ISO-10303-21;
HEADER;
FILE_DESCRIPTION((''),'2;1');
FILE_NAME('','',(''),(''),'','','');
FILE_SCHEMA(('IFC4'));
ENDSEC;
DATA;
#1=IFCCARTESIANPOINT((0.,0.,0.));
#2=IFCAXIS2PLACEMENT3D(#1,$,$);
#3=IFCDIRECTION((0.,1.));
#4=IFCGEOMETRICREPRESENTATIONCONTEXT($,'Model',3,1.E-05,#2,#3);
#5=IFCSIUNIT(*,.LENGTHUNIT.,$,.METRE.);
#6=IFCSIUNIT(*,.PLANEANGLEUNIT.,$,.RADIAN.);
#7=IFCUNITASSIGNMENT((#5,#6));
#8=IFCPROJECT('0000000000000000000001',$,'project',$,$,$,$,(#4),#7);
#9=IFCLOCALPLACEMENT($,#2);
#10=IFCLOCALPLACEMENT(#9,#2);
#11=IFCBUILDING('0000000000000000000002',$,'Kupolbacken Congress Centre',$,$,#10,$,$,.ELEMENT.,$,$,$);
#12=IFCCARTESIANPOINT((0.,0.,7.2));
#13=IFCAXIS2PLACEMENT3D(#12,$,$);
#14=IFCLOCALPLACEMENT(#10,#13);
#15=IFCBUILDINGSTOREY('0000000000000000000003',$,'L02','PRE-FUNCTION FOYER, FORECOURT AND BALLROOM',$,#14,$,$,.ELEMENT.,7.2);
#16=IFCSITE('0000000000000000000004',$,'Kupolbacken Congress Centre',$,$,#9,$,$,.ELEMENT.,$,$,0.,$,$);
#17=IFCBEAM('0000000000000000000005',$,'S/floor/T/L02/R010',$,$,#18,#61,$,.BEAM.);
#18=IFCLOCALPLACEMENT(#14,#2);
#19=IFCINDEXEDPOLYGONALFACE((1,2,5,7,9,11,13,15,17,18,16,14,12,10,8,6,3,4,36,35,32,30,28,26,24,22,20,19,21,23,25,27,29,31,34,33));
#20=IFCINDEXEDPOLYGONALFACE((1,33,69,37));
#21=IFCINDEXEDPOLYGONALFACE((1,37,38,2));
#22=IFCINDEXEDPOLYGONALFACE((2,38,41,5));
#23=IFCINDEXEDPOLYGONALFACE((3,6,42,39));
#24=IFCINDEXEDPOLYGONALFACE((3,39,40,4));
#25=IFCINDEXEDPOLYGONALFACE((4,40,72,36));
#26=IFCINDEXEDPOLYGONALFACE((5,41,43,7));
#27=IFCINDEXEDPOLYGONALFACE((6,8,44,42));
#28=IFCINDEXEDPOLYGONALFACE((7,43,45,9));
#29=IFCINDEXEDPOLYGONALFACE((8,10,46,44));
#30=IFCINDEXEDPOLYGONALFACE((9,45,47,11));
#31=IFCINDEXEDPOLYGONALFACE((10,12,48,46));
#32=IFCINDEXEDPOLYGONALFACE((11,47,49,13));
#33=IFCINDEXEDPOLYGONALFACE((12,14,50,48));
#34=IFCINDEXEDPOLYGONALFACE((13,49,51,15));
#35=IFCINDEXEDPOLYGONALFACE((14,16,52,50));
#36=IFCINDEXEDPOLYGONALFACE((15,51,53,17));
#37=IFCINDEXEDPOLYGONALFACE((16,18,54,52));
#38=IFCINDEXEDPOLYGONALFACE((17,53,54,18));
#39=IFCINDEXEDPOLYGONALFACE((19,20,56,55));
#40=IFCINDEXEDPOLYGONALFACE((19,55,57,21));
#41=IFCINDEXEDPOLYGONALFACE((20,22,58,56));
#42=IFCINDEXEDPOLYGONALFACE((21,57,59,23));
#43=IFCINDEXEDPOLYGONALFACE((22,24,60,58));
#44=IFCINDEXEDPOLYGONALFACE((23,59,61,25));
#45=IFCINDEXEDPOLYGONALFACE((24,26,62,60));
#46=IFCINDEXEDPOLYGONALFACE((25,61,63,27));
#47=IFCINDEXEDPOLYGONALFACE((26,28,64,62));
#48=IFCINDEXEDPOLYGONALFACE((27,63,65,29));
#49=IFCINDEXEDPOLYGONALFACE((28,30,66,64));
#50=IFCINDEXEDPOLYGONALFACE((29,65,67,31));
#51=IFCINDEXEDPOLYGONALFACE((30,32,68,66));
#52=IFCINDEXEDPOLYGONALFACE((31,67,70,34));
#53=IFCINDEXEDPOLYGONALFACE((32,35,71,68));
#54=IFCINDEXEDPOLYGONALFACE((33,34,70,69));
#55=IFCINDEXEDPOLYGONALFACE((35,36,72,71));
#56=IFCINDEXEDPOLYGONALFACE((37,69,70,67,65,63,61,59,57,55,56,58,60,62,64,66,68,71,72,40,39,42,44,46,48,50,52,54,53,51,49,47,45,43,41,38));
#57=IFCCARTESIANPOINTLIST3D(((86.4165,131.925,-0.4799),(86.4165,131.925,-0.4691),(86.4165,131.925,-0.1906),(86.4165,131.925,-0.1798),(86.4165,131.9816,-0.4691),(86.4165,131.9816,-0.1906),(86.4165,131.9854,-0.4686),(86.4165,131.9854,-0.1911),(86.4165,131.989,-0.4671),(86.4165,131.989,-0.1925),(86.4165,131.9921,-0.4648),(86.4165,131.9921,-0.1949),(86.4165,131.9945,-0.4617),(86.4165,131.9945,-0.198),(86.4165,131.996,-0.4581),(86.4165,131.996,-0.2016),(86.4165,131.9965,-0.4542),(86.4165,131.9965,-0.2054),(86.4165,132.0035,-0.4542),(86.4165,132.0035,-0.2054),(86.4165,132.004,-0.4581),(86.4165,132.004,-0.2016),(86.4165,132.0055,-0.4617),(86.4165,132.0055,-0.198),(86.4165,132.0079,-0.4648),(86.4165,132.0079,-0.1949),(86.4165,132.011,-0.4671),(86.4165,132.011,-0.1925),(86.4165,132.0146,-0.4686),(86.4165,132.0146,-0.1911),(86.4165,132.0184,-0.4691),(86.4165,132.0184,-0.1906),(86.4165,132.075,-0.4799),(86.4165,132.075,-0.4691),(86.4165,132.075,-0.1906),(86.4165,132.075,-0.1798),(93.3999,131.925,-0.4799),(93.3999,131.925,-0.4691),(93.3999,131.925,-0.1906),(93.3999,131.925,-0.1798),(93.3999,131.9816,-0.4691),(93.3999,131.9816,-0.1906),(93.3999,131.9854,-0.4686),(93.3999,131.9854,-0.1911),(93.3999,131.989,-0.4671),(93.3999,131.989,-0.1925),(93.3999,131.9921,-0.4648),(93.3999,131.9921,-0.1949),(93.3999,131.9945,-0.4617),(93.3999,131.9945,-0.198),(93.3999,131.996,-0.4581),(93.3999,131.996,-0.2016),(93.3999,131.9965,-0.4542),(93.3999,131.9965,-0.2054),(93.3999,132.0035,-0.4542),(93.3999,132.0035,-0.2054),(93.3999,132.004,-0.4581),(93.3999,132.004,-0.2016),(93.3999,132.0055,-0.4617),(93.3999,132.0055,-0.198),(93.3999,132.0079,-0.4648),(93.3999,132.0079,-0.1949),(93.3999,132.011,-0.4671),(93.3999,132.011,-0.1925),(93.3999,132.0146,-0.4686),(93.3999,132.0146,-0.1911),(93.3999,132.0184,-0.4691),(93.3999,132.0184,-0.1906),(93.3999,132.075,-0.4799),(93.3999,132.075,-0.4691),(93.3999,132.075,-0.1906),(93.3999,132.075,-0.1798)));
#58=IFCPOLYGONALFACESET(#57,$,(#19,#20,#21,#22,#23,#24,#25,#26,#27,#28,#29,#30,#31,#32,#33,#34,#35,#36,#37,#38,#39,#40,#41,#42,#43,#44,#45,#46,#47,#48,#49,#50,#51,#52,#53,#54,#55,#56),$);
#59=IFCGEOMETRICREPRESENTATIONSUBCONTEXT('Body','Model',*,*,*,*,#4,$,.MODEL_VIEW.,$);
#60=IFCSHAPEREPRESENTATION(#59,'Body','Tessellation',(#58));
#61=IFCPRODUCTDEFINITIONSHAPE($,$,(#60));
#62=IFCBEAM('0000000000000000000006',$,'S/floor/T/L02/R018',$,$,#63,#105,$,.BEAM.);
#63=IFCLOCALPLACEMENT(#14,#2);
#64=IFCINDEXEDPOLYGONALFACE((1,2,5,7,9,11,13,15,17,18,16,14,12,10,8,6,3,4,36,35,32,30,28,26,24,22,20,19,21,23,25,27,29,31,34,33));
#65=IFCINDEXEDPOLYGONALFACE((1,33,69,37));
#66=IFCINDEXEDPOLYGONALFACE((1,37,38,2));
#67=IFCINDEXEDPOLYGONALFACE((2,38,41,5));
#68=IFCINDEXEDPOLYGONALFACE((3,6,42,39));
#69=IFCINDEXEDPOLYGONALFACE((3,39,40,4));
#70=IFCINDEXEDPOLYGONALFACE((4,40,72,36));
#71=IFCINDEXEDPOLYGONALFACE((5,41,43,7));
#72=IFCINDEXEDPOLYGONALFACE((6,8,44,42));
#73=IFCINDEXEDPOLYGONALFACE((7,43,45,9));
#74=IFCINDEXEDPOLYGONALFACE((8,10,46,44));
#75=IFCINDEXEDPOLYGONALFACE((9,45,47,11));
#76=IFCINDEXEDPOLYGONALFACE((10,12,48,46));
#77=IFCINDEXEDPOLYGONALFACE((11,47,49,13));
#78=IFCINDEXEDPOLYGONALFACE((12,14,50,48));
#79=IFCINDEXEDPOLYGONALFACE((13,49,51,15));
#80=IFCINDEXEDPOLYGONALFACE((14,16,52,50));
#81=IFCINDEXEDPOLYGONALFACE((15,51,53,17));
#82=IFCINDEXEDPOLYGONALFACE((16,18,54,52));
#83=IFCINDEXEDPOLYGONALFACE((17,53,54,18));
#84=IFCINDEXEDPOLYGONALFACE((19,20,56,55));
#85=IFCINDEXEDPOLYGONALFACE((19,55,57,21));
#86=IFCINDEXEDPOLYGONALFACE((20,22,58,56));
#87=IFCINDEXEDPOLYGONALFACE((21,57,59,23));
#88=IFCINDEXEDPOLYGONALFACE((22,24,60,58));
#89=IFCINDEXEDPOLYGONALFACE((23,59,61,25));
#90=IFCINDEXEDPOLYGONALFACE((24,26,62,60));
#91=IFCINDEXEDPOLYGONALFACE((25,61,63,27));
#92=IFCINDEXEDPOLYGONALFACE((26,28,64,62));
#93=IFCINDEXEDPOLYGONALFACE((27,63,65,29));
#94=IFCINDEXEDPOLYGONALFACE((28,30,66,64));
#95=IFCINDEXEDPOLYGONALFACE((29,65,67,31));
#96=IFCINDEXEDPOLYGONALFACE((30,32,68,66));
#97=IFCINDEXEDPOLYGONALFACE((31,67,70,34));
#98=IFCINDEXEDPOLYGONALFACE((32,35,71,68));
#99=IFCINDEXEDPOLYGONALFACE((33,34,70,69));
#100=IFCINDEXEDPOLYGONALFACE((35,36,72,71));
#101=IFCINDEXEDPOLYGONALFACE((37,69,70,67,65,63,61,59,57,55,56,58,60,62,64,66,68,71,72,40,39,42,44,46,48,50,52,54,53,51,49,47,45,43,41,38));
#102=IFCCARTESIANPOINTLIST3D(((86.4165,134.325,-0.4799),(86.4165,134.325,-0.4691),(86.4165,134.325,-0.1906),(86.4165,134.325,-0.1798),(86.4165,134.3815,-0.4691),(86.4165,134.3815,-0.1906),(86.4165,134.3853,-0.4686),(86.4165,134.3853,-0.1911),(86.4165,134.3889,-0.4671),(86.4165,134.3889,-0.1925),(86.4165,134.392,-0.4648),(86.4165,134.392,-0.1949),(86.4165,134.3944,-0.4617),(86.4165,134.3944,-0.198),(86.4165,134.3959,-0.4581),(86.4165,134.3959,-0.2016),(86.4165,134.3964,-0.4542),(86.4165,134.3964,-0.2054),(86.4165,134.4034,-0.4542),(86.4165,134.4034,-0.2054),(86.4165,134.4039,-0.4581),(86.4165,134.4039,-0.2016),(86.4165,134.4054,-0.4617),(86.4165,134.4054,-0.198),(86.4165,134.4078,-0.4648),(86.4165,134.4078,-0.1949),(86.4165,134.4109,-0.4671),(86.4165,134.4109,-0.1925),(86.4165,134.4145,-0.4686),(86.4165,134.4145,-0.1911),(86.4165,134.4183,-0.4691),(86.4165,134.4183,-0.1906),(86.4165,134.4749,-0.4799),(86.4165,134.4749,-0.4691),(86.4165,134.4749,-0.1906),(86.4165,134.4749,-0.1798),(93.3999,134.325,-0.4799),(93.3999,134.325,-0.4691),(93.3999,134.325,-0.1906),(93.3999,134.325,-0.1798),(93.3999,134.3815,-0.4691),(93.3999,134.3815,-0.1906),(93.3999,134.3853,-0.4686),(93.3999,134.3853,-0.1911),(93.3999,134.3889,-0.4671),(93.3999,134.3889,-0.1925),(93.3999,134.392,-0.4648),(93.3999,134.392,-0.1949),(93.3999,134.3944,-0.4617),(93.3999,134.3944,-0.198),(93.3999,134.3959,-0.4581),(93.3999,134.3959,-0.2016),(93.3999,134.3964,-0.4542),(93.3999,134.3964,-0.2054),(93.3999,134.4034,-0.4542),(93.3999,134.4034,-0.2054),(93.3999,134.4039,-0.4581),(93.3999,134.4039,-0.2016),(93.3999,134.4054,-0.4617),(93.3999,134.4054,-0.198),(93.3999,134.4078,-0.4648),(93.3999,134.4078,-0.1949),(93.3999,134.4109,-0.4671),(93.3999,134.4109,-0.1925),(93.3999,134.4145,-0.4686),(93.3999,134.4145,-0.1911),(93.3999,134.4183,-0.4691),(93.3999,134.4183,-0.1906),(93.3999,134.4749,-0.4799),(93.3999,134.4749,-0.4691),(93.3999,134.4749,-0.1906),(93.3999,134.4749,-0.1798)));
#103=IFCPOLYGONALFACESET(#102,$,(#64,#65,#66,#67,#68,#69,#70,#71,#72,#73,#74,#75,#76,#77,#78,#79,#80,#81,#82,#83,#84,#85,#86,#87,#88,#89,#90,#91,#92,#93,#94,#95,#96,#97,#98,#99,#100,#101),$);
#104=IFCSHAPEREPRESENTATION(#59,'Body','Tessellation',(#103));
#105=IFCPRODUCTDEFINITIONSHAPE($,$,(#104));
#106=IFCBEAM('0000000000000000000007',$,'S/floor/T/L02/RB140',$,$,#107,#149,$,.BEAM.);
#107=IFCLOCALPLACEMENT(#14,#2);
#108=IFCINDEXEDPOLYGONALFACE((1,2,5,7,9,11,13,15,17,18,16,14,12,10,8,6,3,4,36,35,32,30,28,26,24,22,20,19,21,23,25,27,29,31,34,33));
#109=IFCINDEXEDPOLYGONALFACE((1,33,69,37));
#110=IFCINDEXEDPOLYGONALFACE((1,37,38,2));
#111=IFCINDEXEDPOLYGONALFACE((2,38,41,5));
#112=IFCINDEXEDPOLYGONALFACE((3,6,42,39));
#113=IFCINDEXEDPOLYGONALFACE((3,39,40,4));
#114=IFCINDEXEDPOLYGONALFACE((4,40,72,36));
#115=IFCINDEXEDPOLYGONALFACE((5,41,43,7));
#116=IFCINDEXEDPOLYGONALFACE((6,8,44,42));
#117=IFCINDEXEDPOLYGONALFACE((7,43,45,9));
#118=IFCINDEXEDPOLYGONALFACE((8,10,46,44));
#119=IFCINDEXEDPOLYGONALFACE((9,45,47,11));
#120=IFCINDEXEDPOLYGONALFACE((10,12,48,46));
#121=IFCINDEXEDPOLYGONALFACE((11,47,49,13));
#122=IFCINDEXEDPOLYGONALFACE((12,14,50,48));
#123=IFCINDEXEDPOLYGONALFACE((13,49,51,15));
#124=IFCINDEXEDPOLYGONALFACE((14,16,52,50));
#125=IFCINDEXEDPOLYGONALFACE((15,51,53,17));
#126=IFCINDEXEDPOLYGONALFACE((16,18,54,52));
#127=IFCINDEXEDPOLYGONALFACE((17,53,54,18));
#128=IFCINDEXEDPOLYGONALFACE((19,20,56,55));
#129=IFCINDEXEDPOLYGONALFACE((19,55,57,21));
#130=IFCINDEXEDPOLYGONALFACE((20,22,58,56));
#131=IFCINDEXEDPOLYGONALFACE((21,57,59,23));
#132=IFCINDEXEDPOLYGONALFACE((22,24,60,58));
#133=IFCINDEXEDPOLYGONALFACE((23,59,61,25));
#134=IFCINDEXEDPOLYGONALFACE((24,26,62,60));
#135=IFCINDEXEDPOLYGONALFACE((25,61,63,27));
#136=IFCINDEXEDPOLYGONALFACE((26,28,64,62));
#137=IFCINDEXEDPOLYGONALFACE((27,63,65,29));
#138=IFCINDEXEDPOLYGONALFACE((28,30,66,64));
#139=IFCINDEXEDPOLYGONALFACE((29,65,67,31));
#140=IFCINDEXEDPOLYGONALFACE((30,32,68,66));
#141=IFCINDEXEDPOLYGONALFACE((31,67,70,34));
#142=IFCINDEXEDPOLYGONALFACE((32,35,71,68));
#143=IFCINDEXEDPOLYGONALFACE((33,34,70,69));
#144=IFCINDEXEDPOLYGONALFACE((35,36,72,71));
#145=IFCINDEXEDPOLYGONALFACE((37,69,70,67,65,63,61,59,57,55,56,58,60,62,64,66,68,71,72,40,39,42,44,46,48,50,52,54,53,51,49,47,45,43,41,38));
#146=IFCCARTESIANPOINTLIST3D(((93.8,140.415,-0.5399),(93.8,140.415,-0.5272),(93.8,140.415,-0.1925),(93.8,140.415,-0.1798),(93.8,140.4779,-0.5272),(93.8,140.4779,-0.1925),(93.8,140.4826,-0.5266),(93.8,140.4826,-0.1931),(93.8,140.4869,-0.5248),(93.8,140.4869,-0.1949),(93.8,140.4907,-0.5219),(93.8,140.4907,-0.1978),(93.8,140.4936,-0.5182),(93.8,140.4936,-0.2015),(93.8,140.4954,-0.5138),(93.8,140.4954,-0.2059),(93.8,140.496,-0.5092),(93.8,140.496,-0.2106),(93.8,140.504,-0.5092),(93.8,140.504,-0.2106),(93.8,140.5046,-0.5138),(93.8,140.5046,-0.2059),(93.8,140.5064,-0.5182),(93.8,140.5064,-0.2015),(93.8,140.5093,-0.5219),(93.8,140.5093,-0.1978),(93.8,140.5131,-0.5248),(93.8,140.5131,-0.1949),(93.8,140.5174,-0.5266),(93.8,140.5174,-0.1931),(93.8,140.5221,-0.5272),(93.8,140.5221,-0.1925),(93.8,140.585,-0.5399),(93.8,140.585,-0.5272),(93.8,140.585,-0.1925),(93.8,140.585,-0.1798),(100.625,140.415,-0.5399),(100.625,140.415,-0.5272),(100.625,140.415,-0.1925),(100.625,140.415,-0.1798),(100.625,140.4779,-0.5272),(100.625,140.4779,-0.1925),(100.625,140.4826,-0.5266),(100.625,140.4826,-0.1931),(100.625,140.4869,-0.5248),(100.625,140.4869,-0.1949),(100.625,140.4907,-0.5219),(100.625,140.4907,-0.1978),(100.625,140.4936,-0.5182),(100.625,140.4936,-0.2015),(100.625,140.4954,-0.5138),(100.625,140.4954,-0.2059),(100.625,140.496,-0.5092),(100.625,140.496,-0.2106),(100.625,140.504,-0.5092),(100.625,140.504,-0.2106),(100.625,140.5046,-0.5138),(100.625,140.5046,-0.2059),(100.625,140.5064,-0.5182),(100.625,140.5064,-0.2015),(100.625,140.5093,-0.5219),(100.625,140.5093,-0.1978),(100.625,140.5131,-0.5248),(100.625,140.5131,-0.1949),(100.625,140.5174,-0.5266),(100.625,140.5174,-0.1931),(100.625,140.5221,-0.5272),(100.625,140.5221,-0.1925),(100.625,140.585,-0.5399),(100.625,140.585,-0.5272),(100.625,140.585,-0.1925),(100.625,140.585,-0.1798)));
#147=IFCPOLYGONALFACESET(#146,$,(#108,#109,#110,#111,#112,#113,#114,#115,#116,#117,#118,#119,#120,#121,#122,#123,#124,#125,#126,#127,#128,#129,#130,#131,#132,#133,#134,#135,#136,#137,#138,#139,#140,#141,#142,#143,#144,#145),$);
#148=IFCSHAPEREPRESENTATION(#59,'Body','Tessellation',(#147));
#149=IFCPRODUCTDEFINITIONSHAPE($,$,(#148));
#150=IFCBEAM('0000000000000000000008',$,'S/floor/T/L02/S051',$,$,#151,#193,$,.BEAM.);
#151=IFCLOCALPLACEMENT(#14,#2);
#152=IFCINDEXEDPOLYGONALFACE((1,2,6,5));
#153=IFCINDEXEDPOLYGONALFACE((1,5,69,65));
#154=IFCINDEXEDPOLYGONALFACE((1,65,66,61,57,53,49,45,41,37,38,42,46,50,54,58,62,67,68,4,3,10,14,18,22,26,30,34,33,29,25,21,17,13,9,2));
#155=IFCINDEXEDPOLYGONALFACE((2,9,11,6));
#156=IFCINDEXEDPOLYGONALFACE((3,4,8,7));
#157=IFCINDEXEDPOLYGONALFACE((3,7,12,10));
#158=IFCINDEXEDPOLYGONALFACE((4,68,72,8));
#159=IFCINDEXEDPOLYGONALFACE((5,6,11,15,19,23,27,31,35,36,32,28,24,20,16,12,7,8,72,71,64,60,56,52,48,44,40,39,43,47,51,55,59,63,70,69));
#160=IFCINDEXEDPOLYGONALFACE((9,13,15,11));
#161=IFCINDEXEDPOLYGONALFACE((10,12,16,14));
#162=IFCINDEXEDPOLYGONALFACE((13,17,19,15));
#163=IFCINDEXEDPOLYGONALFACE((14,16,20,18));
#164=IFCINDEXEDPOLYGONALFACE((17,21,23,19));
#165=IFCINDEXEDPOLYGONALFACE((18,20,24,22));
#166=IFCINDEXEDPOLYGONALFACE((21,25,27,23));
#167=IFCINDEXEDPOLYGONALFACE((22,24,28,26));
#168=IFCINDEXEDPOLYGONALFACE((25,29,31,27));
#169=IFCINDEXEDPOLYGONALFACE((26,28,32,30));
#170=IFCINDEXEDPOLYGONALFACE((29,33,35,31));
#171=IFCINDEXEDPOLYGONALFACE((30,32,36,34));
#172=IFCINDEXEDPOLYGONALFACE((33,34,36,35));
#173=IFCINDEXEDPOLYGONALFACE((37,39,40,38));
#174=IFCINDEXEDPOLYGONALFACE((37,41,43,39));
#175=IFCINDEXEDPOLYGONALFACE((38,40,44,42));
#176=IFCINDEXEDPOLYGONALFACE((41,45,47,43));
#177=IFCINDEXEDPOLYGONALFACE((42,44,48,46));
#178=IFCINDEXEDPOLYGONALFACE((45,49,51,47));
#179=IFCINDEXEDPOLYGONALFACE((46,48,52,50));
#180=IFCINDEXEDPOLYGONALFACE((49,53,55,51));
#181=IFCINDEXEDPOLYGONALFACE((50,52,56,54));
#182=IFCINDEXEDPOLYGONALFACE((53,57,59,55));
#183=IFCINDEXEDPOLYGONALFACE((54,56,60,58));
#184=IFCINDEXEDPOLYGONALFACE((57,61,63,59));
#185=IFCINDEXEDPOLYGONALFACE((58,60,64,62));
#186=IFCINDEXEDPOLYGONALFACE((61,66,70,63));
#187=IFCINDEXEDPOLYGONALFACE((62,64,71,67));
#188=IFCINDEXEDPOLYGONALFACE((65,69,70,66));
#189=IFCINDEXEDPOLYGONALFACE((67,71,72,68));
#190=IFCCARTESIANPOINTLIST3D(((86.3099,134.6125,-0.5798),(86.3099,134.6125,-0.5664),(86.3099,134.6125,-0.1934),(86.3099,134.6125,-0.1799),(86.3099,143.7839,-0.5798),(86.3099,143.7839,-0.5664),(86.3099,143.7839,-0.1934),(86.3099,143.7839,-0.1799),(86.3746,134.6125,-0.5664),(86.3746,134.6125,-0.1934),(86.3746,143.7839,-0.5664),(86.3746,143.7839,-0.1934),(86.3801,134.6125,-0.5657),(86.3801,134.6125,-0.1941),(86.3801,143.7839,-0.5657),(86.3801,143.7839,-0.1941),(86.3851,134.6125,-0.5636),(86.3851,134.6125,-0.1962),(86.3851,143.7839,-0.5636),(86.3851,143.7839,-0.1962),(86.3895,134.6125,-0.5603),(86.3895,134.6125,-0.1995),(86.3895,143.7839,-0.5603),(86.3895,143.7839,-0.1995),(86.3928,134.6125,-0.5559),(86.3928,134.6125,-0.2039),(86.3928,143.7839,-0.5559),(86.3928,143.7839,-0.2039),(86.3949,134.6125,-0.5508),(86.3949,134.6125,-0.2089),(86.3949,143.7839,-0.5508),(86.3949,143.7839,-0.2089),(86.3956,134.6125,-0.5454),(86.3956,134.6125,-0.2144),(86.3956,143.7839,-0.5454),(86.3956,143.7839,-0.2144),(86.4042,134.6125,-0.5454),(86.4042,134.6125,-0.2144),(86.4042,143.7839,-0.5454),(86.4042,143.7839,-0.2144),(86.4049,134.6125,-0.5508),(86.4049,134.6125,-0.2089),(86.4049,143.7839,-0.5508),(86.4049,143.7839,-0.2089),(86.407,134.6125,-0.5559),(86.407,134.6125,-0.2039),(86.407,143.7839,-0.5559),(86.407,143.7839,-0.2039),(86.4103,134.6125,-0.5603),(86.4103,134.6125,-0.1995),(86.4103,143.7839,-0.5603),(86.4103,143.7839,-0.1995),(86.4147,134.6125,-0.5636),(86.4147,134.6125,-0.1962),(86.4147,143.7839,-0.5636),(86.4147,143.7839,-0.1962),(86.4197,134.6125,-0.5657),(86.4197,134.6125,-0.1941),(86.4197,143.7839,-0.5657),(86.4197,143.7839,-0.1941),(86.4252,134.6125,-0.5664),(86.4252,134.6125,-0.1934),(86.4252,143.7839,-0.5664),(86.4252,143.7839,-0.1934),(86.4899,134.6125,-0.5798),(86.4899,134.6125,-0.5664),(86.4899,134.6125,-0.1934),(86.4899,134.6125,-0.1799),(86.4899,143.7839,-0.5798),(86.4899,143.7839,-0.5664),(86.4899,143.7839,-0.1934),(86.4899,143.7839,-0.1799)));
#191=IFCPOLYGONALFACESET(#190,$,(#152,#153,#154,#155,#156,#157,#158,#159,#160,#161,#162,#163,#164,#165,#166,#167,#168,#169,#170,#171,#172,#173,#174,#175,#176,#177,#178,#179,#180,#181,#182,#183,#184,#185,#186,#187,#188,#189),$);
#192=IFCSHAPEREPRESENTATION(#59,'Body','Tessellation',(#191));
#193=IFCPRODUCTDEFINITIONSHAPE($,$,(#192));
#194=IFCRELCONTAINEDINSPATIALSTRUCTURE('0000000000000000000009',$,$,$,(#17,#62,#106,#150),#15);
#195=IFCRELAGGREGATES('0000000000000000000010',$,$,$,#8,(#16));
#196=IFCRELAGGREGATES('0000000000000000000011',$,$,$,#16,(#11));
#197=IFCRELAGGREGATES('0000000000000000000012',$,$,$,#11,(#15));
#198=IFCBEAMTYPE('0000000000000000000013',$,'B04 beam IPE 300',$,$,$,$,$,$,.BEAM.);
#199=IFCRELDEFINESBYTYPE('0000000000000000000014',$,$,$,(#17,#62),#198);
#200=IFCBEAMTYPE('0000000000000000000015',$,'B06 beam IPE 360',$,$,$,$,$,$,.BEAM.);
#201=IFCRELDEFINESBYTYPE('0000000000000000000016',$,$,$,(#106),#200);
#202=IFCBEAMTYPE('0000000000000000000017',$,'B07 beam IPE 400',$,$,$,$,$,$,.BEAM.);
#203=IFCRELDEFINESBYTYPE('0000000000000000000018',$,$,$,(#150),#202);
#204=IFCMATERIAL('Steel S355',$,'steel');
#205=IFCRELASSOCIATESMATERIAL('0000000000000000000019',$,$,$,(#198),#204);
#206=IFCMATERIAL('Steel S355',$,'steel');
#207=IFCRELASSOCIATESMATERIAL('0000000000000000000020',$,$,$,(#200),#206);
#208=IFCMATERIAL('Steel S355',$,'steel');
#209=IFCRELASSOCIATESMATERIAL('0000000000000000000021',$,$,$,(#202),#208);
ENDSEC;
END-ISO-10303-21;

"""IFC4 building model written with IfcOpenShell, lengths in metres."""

from ifc_helpers import new_model, si_unit, direction, frame, origin, origin_2d, place, context, subcontext, project, spatial, i_section, extrude, material, material_profile, profile_set, type_object, element, save


model = new_model("IFC4")

# Units and contexts
model_context = context("Model", 3, precision=1e-05, world=origin(), true_north=direction((0.0, 1.0)))
body_context = subcontext(model_context, "Body", "Model", "MODEL_VIEW")
ifc_project = project(units=[si_unit("LENGTHUNIT", "METRE"), si_unit("PLANEANGLEUNIT", "RADIAN")], contexts=[model_context])

# Site, building, storey
site_placement = place(None, origin())
site = spatial("IfcSite", under=ifc_project, at=site_placement, Name="Kupolbacken Congress Centre", CompositionType="ELEMENT", RefElevation=0.0)
building_placement = place(site_placement, origin())
building = spatial("IfcBuilding", under=site, at=building_placement, Name="Kupolbacken Congress Centre", CompositionType="ELEMENT")
storey_placement = place(building_placement, frame((0.0, 0.0, 7.2)))
storey = spatial("IfcBuildingStorey", under=building, at=storey_placement, Name="L02", Description="PRE-FUNCTION FOYER, FORECOURT AND BALLROOM", CompositionType="ELEMENT", Elevation=7.2)

# Beams
ifc_material_1 = material(Name="Steel S355", Category="steel")
ifc_material_profile_1 = material_profile(ifc_material_1, i_section(OverallWidth=0.1499, OverallDepth=0.3, WebThickness=0.0071, FlangeThickness=0.0107, FilletRadius=0.0149, at=origin_2d()), Name="IPE 300")
ifc_profile_set_1 = profile_set([ifc_material_profile_1], Name="Steel S355")
beam_type_1 = type_object("IfcBeamType", Name="B04 beam IPE 300", PredefinedType="BEAM", material=ifc_profile_set_1)
for number, where, z_axis, x_axis, name in (
    (1, (86.4165, 132.0, -0.3298), (1.0, 0.0, 0.0), (0.0, 1.0, 0.0), "S/floor/T/L02/R010"),
    (2, (86.4165, 134.3999, -0.3298), (1.0, 0.0, 0.0), (0.0, 1.0, 0.0), "S/floor/T/L02/R018"),
):
    element("IfcBeam", number, at=place(storey_placement, frame(where, z_axis=z_axis, x_axis=x_axis)), inside=storey, type_object=beam_type_1, Name=name, PredefinedType="BEAM", context=body_context, shape_type="SweptSolid", body=[
        extrude(i_section(OverallWidth=0.1499, OverallDepth=0.3, WebThickness=0.0071, FlangeThickness=0.0107, FilletRadius=0.0149, at=origin_2d()), origin(), (0.0, 0.0, 1.0), 6.9834),
    ])
ifc_material_2 = material(Name="Steel S355", Category="steel")
ifc_material_profile_2 = material_profile(ifc_material_2, i_section(OverallWidth=0.1699, OverallDepth=0.3601, WebThickness=0.0081, FlangeThickness=0.0127, FilletRadius=0.0181, at=origin_2d()), Name="IPE 360")
ifc_profile_set_2 = profile_set([ifc_material_profile_2], Name="Steel S355")
beam_type_2 = type_object("IfcBeamType", Name="B06 beam IPE 360", PredefinedType="BEAM", material=ifc_profile_set_2)
beam_1_placement = place(storey_placement, frame((93.8, 140.5, -0.3599), z_axis=(1.0, 0.0, 0.0), x_axis=(0.0, 1.0, 0.0)))
element("IfcBeam", 3, at=beam_1_placement, inside=storey, type_object=beam_type_2, Name="S/floor/T/L02/RB140", PredefinedType="BEAM", context=body_context, shape_type="SweptSolid", body=[
    extrude(i_section(OverallWidth=0.1699, OverallDepth=0.3601, WebThickness=0.0081, FlangeThickness=0.0127, FilletRadius=0.0181, at=origin_2d()), origin(), (0.0, 0.0, 1.0), 6.825),
])
ifc_material_3 = material(Name="Steel S355", Category="steel")
ifc_material_profile_3 = material_profile(ifc_material_3, i_section(OverallWidth=0.1799, OverallDepth=0.3999, WebThickness=0.0085, FlangeThickness=0.0134, FilletRadius=0.021, at=origin_2d()), Name="IPE 400")
ifc_profile_set_3 = profile_set([ifc_material_profile_3], Name="Steel S355")
beam_type_3 = type_object("IfcBeamType", Name="B07 beam IPE 400", PredefinedType="BEAM", material=ifc_profile_set_3)
beam_2_placement = place(storey_placement, frame((86.3999, 134.6125, -0.3799), z_axis=(0.0, 1.0, 0.0), x_axis=(-1.0, 0.0, 0.0)))
element("IfcBeam", 4, at=beam_2_placement, inside=storey, type_object=beam_type_3, Name="S/floor/T/L02/S051", PredefinedType="BEAM", context=body_context, shape_type="SweptSolid", body=[
    extrude(i_section(OverallWidth=0.1799, OverallDepth=0.3999, WebThickness=0.0085, FlangeThickness=0.0134, FilletRadius=0.021, at=origin_2d()), origin(), (0.0, 0.0, 1.0), 9.1714),
])

save(model, "model.ifc")
